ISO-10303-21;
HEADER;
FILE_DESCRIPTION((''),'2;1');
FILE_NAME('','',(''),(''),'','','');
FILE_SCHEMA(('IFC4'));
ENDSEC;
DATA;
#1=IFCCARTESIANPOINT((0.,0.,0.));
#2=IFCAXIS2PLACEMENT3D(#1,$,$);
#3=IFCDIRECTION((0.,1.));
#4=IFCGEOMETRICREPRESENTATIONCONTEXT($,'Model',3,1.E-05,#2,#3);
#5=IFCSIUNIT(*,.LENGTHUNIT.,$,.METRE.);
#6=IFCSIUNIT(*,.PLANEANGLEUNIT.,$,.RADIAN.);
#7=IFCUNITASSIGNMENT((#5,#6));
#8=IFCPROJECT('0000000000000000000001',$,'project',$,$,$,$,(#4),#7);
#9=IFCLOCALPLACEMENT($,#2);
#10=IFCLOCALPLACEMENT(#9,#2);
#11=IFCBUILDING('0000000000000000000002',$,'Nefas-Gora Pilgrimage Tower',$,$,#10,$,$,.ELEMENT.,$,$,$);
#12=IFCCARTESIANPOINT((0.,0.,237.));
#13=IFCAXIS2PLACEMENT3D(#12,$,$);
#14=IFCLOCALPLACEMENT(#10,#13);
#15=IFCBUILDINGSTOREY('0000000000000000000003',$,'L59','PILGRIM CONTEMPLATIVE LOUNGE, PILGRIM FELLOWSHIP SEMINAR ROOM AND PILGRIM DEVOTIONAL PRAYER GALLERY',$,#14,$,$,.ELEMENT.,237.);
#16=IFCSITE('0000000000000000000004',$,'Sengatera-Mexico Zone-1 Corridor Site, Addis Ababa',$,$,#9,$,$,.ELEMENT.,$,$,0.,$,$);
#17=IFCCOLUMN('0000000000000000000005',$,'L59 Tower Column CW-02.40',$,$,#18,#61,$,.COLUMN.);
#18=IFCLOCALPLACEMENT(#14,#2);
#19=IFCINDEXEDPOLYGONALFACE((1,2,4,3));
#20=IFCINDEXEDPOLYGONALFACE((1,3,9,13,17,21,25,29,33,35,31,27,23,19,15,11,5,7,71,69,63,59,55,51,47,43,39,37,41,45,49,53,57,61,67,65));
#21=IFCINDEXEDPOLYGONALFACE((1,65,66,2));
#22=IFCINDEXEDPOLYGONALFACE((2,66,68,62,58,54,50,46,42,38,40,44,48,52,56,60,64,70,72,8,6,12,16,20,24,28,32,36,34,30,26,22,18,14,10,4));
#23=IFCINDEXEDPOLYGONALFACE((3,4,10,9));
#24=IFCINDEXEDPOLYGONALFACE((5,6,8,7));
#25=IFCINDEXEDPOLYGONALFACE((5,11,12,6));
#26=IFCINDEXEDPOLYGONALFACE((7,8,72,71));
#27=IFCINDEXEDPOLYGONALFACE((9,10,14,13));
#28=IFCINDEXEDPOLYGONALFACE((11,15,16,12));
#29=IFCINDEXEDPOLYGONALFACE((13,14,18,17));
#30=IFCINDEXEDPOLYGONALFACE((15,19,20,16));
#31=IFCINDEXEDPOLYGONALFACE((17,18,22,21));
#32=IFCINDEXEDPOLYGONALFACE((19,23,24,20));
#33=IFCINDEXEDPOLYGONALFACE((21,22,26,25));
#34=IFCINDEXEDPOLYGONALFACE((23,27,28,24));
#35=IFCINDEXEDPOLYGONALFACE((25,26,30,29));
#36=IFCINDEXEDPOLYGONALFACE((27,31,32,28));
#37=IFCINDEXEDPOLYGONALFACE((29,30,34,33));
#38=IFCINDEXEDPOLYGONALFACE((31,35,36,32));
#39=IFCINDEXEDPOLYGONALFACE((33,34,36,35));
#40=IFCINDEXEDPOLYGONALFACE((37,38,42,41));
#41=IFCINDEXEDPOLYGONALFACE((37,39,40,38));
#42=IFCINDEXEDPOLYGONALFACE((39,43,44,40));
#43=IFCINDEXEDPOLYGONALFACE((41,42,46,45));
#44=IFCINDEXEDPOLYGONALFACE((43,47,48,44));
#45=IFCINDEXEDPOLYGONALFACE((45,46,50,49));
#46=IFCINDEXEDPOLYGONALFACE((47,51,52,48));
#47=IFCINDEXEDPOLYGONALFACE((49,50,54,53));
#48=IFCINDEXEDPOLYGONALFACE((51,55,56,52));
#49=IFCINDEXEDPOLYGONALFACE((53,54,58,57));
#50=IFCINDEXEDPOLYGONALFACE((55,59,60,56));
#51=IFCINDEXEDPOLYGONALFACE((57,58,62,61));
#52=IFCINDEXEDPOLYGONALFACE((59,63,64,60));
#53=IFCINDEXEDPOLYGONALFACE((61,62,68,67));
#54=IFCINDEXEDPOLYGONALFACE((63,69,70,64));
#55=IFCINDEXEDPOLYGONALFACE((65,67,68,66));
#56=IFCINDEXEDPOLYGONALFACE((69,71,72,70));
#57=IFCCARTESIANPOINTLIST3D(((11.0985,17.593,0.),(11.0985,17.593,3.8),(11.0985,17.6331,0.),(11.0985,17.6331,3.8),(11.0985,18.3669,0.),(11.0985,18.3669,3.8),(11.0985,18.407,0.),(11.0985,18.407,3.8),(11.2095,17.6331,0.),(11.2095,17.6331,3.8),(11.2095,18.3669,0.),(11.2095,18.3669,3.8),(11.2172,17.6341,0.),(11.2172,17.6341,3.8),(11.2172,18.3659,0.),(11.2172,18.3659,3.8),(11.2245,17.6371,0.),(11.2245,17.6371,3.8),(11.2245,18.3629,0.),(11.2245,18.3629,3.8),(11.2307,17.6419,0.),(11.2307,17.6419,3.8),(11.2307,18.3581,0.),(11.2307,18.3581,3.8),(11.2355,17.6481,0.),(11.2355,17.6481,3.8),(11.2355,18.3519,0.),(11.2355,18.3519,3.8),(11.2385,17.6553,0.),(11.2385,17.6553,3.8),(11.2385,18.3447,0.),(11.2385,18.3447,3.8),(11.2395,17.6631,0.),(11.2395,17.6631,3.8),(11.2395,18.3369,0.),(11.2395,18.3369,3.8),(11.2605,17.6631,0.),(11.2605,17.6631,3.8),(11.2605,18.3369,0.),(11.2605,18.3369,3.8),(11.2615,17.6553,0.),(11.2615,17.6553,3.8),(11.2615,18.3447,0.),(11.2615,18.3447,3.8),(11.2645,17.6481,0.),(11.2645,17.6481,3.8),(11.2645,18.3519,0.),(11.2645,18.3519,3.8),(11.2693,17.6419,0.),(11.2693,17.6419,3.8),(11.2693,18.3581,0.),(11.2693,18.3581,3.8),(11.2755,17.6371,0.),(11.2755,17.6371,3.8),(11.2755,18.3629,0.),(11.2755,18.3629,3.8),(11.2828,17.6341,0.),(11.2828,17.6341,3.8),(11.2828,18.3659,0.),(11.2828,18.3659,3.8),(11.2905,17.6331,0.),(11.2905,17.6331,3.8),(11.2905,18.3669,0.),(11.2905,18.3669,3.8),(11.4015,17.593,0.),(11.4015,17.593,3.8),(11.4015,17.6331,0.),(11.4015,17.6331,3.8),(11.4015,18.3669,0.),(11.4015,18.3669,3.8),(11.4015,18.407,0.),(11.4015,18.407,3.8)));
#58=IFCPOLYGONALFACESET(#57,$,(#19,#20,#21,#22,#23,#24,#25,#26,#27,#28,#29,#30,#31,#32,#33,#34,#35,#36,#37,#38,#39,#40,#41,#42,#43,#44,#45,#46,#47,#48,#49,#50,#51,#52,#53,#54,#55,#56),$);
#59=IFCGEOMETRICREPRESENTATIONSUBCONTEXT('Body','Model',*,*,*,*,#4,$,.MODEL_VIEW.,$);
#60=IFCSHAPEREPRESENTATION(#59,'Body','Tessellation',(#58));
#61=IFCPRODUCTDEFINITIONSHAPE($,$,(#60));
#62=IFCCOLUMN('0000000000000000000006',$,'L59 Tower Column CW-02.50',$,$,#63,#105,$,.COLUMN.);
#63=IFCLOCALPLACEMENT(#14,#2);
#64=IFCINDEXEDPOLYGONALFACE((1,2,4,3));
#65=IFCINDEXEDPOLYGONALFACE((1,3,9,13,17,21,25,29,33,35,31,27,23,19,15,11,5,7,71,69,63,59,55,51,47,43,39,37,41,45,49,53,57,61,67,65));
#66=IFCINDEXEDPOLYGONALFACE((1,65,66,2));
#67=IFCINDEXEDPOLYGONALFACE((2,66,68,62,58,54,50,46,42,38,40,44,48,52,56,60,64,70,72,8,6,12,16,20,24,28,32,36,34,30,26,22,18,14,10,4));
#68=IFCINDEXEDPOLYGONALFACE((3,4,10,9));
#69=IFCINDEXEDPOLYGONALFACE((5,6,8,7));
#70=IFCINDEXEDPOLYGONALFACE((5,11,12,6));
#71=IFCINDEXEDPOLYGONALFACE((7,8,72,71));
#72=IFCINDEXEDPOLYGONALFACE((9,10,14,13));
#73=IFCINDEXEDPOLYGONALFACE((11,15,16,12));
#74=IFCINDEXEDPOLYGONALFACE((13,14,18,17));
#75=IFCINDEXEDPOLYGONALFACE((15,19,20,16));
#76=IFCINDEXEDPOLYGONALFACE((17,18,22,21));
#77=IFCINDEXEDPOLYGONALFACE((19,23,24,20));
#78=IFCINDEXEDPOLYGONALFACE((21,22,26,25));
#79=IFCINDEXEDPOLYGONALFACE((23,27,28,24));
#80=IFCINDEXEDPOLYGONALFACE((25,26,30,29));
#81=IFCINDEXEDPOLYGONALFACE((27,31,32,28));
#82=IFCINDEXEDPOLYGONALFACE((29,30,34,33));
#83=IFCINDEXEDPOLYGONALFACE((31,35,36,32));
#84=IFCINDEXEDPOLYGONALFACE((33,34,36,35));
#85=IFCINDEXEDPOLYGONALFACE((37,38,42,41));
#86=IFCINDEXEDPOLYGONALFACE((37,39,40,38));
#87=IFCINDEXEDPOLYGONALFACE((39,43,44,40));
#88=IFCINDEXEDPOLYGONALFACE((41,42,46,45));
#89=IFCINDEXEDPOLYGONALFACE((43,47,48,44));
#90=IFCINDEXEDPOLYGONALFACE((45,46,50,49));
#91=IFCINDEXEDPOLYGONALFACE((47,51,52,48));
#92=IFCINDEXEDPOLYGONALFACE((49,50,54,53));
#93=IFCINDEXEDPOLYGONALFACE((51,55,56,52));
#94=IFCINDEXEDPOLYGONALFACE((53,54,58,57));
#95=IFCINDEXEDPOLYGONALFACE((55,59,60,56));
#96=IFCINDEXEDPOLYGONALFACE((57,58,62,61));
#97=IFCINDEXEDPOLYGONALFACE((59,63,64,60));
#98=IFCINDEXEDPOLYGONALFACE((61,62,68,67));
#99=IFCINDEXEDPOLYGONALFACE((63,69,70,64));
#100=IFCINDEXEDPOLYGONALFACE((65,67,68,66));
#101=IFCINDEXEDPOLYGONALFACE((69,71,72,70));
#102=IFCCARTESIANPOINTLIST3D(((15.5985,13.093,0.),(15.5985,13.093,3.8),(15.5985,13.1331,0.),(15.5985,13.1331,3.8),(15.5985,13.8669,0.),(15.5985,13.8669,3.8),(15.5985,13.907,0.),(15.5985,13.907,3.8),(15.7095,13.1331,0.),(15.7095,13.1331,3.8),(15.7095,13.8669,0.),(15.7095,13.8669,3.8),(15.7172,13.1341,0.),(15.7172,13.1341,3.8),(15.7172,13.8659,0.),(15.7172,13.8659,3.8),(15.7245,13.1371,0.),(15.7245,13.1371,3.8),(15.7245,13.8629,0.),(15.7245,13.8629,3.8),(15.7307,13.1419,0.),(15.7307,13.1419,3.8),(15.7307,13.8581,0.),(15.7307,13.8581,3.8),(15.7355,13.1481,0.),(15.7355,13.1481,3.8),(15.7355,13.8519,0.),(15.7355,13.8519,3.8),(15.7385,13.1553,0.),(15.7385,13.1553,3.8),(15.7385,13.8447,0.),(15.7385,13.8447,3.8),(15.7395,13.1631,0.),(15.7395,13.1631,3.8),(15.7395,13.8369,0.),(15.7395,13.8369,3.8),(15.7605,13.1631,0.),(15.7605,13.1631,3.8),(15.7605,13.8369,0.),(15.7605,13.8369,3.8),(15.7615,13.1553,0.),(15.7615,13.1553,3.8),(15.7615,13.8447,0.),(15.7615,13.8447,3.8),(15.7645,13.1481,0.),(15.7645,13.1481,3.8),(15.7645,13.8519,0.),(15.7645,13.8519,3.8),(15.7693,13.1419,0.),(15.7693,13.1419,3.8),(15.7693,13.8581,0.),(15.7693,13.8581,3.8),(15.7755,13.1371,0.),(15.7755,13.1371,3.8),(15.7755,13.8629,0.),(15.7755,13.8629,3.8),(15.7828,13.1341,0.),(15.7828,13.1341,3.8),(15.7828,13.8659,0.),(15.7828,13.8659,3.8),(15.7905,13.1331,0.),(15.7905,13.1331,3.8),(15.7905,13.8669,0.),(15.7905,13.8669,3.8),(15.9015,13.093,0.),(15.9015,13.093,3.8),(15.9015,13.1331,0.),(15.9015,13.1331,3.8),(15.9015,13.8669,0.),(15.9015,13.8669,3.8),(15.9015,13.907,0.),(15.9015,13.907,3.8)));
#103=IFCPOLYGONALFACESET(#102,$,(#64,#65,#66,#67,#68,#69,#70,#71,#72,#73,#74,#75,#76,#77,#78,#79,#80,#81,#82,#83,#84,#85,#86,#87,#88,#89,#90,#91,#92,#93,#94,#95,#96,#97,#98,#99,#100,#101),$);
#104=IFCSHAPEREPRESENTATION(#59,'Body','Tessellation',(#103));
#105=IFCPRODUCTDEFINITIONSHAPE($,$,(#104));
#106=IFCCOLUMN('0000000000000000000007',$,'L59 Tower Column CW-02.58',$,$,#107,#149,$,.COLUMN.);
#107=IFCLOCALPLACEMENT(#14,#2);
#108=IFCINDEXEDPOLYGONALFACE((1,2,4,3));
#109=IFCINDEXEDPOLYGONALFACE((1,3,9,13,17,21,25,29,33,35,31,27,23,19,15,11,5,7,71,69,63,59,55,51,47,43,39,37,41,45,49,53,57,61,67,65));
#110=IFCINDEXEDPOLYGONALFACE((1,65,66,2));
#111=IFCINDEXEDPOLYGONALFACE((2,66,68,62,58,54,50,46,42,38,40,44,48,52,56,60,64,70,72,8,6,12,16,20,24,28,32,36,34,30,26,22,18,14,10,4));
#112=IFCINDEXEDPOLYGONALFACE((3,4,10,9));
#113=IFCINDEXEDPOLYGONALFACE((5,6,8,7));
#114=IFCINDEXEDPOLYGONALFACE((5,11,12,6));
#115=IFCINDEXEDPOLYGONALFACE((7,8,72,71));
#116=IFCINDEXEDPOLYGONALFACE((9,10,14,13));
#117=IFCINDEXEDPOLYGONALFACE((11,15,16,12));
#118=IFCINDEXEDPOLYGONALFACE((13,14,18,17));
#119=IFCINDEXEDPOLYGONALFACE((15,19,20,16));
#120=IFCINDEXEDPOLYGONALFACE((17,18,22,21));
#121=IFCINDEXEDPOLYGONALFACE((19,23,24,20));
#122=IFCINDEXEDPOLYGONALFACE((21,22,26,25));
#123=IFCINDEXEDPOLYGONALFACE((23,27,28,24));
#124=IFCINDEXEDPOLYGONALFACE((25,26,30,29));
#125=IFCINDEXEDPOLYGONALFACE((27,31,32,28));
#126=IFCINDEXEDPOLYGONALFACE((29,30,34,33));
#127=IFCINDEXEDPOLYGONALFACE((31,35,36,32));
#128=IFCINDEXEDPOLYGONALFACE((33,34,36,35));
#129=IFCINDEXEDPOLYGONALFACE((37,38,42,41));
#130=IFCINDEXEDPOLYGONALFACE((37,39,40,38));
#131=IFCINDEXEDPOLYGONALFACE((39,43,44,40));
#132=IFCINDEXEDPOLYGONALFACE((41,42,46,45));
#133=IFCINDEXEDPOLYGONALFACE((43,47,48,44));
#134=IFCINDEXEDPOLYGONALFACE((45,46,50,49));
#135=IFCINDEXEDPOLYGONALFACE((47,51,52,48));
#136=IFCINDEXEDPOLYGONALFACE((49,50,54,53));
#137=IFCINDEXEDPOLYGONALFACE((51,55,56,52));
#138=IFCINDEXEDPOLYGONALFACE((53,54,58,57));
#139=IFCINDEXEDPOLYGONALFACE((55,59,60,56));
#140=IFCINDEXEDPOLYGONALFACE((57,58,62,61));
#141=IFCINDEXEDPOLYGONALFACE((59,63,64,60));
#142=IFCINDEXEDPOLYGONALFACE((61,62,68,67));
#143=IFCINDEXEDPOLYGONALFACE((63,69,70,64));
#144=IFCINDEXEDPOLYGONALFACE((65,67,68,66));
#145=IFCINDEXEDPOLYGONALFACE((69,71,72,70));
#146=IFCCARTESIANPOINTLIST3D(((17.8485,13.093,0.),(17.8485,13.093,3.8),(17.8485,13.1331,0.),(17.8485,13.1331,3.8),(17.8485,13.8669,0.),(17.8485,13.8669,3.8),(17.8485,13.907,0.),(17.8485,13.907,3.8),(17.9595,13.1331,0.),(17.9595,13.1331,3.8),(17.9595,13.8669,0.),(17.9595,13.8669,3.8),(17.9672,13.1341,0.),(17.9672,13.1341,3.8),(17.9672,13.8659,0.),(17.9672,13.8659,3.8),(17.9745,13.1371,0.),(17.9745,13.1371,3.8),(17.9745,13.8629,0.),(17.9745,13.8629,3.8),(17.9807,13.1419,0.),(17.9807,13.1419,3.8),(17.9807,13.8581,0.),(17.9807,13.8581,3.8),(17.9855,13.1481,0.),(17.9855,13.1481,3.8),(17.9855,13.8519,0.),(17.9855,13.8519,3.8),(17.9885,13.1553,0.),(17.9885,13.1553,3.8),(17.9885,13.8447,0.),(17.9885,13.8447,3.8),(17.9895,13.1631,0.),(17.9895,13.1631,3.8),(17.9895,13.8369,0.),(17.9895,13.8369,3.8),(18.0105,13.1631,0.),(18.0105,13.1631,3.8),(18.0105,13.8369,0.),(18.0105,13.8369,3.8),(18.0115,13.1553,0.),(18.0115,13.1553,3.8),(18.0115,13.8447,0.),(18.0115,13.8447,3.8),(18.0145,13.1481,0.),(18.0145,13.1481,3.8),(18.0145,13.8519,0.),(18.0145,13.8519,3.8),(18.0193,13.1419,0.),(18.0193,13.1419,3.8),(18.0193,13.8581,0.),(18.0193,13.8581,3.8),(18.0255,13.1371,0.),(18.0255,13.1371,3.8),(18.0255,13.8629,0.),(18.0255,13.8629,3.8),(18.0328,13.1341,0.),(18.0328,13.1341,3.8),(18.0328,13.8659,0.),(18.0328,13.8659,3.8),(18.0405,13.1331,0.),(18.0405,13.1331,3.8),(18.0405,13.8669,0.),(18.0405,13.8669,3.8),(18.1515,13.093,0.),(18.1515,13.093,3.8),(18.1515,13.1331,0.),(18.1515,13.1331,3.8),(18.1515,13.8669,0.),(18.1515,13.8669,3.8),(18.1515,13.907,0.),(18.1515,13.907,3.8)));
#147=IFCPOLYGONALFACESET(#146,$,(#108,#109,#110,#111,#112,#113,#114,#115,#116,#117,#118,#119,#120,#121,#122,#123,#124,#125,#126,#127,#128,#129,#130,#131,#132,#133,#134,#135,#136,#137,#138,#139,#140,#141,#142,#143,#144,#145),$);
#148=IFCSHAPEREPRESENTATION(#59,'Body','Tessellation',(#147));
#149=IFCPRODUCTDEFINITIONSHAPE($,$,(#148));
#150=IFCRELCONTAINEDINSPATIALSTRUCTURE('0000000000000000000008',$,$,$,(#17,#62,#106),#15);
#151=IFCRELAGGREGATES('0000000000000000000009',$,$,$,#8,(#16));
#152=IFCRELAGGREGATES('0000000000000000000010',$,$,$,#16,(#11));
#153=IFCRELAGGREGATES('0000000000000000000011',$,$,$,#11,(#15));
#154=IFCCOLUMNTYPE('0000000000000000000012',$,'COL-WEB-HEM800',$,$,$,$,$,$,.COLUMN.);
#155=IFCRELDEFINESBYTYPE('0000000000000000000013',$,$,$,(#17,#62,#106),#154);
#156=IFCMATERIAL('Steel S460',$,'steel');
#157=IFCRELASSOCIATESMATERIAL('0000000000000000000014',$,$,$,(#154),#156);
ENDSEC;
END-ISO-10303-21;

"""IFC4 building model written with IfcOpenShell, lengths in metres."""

from ifc_helpers import new_model, si_unit, direction, frame, origin, origin_2d, place, context, subcontext, project, spatial, i_section, extrude, source, transform, mapped, material, material_profile, profile_set, type_object, element, save


model = new_model("IFC4")

# Units and contexts
model_context = context("Model", 3, precision=1e-05, world=origin(), true_north=direction((0.0, 1.0)))
body_context = subcontext(model_context, "Body", "Model", "MODEL_VIEW")
ifc_project = project(units=[si_unit("LENGTHUNIT", "METRE"), si_unit("PLANEANGLEUNIT", "RADIAN")], contexts=[model_context])

# Site, building, storey
site_placement = place(None, origin())
site = spatial("IfcSite", under=ifc_project, at=site_placement, Name="Sengatera-Mexico Zone-1 Corridor Site, Addis Ababa", CompositionType="ELEMENT", RefElevation=0.0)
building_placement = place(site_placement, origin())
building = spatial("IfcBuilding", under=site, at=building_placement, Name="Nefas-Gora Pilgrimage Tower", CompositionType="ELEMENT")
storey_placement = place(building_placement, frame((0.0, 0.0, 237.0)))
storey = spatial("IfcBuildingStorey", under=building, at=storey_placement, Name="L59", Description="PILGRIM CONTEMPLATIVE LOUNGE, PILGRIM FELLOWSHIP SEMINAR ROOM AND PILGRIM DEVOTIONAL PRAYER GALLERY", CompositionType="ELEMENT", Elevation=237.0)

# Columns
ifc_material_1 = material(Name="Steel S460", Category="steel")
ifc_material_profile_1 = material_profile(ifc_material_1, i_section(OverallWidth=0.303, OverallDepth=0.814, WebThickness=0.021, FlangeThickness=0.04, FilletRadius=0.03, at=origin_2d()), Name="HEM 800")
ifc_profile_set_1 = profile_set([ifc_material_profile_1], Name="Steel S460")
column_type_1 = type_object("IfcColumnType", Name="COL-WEB-HEM800", PredefinedType="COLUMN", material=ifc_profile_set_1)
shared_shape_1 = source(origin(), body_context, "Body", "SweptSolid", [
    extrude(i_section(OverallWidth=0.303, OverallDepth=0.814, WebThickness=0.021, FlangeThickness=0.04, FilletRadius=0.03, at=origin_2d()), origin(), (0.0, 0.0, 1.0), 3.8),
])
for number, where, z_axis, x_axis, name in (
    (1, (11.25, 18.0, 0.0), (0.0, 0.0, 1.0), (1.0, 0.0, 0.0), "L59 Tower Column CW-02.40"),
    (2, (15.75, 13.5, 0.0), (0.0, 0.0, 1.0), (1.0, 0.0, 0.0), "L59 Tower Column CW-02.50"),
    (3, (18.0, 13.5, 0.0), (0.0, 0.0, 1.0), (1.0, 0.0, 0.0), "L59 Tower Column CW-02.58"),
):
    element("IfcColumn", number, at=place(storey_placement, frame(where, z_axis=z_axis, x_axis=x_axis)), inside=storey, type_object=column_type_1, Name=name, PredefinedType="COLUMN", context=body_context, shape_type="MappedRepresentation", body=[
        mapped(shared_shape_1, transform((0.0, 0.0, 0.0), x_axis=(1.0, 0.0, 0.0), y_axis=(0.0, 1.0, 0.0), z_axis=(0.0, 0.0, 1.0), scale=1.0)),
    ])

save(model, "model.ifc")
